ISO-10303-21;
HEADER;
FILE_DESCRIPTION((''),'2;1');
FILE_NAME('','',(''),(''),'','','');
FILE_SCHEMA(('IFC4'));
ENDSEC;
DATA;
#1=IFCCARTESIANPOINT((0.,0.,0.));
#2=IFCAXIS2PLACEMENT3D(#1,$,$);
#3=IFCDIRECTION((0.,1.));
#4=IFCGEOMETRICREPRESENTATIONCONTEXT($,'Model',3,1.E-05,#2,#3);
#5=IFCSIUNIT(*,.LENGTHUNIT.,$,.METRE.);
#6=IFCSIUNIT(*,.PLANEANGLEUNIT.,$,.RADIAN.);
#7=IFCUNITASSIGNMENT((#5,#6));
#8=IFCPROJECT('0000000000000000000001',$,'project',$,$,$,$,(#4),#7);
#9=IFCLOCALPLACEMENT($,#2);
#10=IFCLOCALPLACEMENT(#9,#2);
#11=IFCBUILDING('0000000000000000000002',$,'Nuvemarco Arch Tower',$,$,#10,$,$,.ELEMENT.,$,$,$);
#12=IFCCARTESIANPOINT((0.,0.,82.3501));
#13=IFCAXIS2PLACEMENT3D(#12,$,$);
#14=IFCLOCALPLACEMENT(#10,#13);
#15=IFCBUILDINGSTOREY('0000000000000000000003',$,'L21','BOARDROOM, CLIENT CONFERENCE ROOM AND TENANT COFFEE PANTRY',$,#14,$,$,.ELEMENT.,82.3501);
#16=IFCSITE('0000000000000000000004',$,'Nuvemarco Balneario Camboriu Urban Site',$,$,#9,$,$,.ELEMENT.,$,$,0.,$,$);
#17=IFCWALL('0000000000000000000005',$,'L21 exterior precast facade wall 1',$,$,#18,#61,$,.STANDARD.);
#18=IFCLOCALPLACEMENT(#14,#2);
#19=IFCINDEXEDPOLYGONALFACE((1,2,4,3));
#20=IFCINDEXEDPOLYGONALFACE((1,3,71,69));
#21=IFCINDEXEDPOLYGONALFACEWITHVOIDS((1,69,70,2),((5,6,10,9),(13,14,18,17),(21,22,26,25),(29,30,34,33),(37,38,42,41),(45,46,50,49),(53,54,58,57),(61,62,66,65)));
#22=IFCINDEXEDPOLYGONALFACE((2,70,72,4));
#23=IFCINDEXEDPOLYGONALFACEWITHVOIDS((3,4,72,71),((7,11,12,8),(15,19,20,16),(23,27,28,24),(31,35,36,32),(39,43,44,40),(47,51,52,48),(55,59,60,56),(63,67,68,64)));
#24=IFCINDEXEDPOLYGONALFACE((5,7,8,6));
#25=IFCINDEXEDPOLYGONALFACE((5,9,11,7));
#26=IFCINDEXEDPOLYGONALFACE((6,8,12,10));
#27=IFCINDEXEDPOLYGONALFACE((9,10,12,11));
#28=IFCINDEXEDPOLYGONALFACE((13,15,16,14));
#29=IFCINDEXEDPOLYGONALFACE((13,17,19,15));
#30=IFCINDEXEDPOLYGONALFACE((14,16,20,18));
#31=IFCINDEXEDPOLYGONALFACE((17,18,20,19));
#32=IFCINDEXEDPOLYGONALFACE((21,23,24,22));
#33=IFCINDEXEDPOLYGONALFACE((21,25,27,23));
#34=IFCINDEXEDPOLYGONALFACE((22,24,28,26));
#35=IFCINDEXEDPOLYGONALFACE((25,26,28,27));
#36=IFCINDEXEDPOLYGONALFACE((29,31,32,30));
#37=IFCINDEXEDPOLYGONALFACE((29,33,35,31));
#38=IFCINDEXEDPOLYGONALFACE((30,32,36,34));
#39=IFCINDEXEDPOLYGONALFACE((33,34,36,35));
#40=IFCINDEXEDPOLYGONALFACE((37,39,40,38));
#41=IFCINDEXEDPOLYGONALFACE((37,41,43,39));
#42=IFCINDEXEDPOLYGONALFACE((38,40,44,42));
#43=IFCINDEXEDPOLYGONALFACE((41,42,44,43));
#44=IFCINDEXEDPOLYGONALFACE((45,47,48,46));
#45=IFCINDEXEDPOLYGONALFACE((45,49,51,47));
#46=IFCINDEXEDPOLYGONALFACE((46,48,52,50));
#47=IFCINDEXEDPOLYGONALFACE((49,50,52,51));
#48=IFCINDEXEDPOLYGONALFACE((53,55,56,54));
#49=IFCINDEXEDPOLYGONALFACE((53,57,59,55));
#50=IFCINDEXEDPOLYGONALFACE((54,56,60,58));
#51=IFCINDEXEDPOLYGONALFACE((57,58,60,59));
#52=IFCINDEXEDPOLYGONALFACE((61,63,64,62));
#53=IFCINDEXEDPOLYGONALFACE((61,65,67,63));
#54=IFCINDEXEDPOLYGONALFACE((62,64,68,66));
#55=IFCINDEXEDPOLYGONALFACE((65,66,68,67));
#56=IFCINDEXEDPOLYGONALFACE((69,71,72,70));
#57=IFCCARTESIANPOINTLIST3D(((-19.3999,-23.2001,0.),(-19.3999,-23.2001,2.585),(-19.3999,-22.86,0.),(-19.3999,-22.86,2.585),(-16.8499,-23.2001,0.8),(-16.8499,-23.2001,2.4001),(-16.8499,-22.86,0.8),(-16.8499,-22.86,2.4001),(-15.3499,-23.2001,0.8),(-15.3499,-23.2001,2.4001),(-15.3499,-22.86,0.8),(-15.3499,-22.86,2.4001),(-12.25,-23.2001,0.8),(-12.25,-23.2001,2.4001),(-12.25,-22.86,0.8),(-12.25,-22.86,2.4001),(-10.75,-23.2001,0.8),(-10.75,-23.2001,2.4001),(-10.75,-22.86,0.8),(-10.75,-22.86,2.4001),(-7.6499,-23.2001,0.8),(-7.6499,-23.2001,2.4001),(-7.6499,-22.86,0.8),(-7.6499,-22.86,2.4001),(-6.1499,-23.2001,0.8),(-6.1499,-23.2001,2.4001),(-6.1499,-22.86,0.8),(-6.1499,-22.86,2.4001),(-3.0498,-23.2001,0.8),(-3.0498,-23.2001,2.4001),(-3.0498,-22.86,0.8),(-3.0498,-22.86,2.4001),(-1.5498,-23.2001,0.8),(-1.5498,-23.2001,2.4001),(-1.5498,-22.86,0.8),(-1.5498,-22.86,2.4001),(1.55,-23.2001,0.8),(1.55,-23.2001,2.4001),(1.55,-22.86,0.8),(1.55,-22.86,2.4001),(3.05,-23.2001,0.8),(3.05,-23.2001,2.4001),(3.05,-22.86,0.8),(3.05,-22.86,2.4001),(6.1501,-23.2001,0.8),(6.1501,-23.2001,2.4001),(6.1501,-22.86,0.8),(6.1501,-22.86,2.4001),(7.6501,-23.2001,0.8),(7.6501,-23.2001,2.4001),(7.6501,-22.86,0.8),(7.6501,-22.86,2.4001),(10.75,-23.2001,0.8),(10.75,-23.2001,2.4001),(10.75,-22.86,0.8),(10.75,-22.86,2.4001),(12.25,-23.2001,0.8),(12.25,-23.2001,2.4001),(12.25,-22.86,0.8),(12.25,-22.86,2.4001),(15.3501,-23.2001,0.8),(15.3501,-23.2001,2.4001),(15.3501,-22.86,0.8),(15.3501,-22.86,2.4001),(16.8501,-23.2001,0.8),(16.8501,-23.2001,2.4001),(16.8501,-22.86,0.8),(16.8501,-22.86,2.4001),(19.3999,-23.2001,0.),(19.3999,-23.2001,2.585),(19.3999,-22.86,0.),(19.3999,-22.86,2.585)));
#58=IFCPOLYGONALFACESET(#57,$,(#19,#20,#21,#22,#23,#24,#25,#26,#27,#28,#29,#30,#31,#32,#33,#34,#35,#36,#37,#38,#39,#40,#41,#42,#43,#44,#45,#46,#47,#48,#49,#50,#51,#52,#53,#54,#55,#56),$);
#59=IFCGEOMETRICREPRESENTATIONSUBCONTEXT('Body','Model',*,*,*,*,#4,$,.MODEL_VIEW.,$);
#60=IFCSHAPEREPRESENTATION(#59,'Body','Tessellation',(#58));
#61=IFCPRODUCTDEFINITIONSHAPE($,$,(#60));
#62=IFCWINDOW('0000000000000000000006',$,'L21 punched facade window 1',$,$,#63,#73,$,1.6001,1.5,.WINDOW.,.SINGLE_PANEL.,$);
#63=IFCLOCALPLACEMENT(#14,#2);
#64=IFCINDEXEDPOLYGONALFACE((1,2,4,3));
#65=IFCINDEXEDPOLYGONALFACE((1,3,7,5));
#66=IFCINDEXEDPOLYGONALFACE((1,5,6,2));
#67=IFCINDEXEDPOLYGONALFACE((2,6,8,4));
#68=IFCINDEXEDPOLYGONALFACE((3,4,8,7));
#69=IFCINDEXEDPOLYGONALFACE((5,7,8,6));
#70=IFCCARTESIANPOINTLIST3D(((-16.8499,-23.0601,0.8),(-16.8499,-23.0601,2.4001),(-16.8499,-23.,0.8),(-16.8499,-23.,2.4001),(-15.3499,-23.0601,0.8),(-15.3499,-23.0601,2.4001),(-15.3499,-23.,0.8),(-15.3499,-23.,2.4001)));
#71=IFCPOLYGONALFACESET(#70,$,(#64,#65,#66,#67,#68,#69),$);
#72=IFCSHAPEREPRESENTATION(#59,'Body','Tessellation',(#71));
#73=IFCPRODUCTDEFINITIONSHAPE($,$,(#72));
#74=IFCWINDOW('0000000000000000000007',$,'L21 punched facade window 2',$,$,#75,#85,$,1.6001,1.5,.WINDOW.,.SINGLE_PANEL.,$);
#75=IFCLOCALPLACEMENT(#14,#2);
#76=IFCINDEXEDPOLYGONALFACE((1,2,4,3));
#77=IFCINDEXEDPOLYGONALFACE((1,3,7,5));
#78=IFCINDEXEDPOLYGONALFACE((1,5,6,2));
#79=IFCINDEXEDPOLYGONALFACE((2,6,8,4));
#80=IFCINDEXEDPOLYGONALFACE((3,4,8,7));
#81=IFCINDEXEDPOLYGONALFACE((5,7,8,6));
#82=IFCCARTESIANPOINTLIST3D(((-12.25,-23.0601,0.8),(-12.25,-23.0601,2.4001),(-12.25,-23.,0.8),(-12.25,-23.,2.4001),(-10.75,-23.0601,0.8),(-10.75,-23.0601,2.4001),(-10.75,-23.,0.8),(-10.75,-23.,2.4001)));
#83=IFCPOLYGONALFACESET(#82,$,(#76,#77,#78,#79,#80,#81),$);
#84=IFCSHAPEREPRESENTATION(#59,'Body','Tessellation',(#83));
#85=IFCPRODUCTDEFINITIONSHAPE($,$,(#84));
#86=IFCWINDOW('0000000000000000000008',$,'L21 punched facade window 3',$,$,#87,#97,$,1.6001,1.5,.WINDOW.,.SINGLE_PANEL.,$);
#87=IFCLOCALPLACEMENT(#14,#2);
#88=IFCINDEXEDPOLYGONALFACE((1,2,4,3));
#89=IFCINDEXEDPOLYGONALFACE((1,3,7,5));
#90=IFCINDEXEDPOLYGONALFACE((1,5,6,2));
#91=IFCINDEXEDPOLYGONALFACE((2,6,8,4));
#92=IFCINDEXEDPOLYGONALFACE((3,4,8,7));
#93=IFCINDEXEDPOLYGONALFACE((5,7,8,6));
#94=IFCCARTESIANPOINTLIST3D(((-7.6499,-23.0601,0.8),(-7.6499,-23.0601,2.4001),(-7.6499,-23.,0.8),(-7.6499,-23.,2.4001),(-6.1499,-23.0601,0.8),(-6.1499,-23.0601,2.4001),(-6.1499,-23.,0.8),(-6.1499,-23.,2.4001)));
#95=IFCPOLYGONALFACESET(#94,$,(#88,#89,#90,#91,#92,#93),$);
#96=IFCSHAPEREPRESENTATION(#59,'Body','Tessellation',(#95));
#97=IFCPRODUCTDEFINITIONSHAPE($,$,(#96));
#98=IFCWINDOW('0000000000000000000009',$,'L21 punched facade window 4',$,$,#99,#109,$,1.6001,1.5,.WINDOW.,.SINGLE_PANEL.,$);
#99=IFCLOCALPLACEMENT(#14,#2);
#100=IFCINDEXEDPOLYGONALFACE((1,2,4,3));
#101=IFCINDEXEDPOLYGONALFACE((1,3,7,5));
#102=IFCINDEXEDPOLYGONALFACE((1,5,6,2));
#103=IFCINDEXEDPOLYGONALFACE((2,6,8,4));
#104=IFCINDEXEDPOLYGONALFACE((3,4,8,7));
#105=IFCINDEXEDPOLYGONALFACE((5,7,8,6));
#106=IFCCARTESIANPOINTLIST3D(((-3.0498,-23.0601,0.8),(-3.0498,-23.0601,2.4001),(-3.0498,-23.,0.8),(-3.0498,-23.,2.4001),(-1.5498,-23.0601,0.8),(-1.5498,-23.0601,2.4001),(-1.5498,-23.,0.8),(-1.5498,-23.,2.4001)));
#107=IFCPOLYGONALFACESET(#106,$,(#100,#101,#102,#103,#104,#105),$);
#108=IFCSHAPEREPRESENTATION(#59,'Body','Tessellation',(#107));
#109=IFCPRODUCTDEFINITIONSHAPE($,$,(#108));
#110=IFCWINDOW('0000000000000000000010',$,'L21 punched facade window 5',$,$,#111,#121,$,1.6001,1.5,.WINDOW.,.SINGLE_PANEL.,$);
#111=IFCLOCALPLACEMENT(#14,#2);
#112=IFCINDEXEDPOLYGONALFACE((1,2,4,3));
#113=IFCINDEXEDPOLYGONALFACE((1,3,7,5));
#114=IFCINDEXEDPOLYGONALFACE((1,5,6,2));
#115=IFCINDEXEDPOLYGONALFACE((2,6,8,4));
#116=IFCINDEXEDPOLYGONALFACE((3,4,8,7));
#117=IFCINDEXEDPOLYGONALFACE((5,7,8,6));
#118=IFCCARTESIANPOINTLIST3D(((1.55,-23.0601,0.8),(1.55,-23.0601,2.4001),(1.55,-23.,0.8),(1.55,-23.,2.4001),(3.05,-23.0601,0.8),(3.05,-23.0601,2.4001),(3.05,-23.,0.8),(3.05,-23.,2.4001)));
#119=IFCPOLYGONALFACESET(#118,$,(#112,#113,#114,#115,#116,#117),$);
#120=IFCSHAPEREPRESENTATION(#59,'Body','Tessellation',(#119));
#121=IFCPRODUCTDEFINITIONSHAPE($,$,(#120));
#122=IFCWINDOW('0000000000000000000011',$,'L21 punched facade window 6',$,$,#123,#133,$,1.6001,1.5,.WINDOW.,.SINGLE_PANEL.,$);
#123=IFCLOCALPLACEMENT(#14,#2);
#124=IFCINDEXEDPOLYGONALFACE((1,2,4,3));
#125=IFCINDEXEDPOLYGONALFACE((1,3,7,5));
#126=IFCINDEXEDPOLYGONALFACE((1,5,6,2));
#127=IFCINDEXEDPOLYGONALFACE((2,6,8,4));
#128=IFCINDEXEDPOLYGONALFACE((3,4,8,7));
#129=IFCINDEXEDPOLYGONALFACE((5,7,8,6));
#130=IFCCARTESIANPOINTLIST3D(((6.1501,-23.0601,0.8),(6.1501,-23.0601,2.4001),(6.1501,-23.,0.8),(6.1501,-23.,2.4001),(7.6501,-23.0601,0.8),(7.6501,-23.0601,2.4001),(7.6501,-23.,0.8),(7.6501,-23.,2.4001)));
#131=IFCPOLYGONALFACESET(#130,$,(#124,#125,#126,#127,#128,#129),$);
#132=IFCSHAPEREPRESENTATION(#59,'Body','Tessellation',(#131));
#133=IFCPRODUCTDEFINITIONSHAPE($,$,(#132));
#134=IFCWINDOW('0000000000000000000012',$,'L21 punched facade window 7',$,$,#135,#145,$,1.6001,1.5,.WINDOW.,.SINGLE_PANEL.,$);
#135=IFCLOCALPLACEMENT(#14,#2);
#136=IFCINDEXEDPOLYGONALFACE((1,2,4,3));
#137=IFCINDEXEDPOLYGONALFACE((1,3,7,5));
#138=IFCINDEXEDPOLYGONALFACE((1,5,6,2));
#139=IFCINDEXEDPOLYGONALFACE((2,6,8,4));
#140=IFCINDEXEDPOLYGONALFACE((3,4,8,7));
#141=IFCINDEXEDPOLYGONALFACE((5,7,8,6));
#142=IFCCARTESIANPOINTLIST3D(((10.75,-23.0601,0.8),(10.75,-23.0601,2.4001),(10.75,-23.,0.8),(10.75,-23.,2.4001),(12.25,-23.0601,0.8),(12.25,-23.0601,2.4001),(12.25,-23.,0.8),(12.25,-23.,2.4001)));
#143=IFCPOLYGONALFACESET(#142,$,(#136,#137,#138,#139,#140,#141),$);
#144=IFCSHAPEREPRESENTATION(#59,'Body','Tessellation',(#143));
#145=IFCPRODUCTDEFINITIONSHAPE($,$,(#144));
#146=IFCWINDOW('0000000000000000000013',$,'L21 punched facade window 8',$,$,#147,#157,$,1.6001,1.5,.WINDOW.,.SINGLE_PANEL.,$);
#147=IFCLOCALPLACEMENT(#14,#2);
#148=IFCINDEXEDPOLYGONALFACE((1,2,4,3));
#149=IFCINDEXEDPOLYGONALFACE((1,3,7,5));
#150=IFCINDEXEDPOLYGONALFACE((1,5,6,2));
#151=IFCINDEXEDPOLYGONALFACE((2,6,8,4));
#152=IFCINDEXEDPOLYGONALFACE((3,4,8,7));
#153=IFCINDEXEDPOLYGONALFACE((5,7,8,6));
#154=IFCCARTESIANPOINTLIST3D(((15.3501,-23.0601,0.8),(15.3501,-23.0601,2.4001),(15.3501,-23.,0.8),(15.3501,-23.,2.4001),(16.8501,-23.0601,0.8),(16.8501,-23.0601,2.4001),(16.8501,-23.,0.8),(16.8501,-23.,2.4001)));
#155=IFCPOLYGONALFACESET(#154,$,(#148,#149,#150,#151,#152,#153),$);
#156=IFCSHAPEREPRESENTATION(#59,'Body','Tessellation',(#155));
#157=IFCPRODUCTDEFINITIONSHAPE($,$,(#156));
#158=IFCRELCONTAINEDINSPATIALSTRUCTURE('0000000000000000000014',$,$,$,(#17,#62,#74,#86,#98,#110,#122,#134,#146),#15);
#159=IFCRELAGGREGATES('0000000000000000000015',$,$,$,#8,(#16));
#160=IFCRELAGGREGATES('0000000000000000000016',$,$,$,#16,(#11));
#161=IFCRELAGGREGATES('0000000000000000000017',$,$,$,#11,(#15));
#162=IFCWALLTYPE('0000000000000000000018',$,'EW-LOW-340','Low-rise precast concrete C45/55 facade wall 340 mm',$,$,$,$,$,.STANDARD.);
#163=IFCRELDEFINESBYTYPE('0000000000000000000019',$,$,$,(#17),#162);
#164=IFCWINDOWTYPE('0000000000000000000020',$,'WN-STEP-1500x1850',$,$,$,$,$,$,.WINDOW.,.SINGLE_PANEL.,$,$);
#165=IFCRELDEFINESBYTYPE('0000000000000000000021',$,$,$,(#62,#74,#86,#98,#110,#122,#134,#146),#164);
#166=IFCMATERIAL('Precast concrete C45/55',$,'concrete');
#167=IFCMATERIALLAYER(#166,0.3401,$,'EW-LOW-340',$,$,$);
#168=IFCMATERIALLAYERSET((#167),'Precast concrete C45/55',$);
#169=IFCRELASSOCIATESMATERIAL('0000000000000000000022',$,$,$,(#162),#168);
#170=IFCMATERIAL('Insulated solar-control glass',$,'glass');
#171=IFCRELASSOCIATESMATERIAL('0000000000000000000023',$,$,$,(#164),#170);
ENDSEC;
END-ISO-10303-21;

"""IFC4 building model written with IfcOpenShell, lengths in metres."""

from ifc_helpers import new_model, si_unit, direction, frame, frame_2d, origin, place, context, subcontext, project, spatial, rectangle, extrude, source, transform, mapped, material, layer, layer_set, type_object, type_shapes, element, fill, save


model = new_model("IFC4")

# Units and contexts
model_context = context("Model", 3, precision=1e-05, world=origin(), true_north=direction((0.0, 1.0)))
body_context = subcontext(model_context, "Body", "Model", "MODEL_VIEW")
ifc_project = project(units=[si_unit("LENGTHUNIT", "METRE"), si_unit("PLANEANGLEUNIT", "RADIAN")], contexts=[model_context])

# Site, building, storey
site_placement = place(None, origin())
site = spatial("IfcSite", under=ifc_project, at=site_placement, Name="Nuvemarco Balneario Camboriu Urban Site", CompositionType="ELEMENT", RefElevation=0.0)
building_placement = place(site_placement, origin())
building = spatial("IfcBuilding", under=site, at=building_placement, Name="Nuvemarco Arch Tower", CompositionType="ELEMENT")
storey_placement = place(building_placement, frame((0.0, 0.0, 82.3501)))
storey = spatial("IfcBuildingStorey", under=building, at=storey_placement, Name="L21", Description="BOARDROOM, CLIENT CONFERENCE ROOM AND TENANT COFFEE PANTRY", CompositionType="ELEMENT", Elevation=82.3501)

# Shared definitions
ifc_material_1 = material(Name="Precast concrete C45/55", Category="concrete")

# Wall, openings, windows
ifc_layer_1 = layer(ifc_material_1, 0.3401, Name="EW-LOW-340")
ifc_layer_set_1 = layer_set([ifc_layer_1], Name="Precast concrete C45/55")
wall_type = type_object("IfcWallType", Name="EW-LOW-340", Description="Low-rise precast concrete C45/55 facade wall 340 mm", PredefinedType="STANDARD", material=ifc_layer_set_1)
wall_1_placement = place(storey_placement, frame((-19.3999, -23.03, 0.0), z_axis=(0.0, 0.0, 1.0), x_axis=(1.0, 0.0, 0.0)))
wall_1 = element("IfcWall", 1, at=wall_1_placement, inside=storey, type_object=wall_type, Name="L21 exterior precast facade wall 1", PredefinedType="STANDARD", context=body_context, shape_type="SweptSolid", body=[
    extrude(rectangle(XDim=38.7998, YDim=0.3401, at=frame_2d((19.3999, 0.0))), origin(), (0.0, 0.0, 1.0), 2.585),
])
opening_1_placement = place(wall_1_placement, frame((2.55, 0.0, 0.8)))
opening_1 = element("IfcOpeningElement", 2, at=opening_1_placement, cuts=wall_1, PredefinedType="OPENING", context=body_context, shape_type="SweptSolid", body=[
    extrude(rectangle(XDim=1.5, YDim=1.6001, at=frame_2d((0.75, 0.8))), frame((0.0, 0.1799, 0.0), z_axis=(0.0, -1.0, 0.0), x_axis=(1.0, 0.0, 0.0)), (0.0, 0.0, 1.0), 0.3601),
])
opening_2_placement = place(wall_1_placement, frame((7.1499, 0.0, 0.8)))
opening_2 = element("IfcOpeningElement", 3, at=opening_2_placement, cuts=wall_1, PredefinedType="OPENING", context=body_context, shape_type="SweptSolid", body=[
    extrude(rectangle(XDim=1.5, YDim=1.6001, at=frame_2d((0.75, 0.8))), frame((0.0, 0.1799, 0.0), z_axis=(0.0, -1.0, 0.0), x_axis=(1.0, 0.0, 0.0)), (0.0, 0.0, 1.0), 0.3601),
])
opening_3_placement = place(wall_1_placement, frame((11.75, 0.0, 0.8)))
opening_3 = element("IfcOpeningElement", 4, at=opening_3_placement, cuts=wall_1, PredefinedType="OPENING", context=body_context, shape_type="SweptSolid", body=[
    extrude(rectangle(XDim=1.5, YDim=1.6001, at=frame_2d((0.75, 0.8))), frame((0.0, 0.1799, 0.0), z_axis=(0.0, -1.0, 0.0), x_axis=(1.0, 0.0, 0.0)), (0.0, 0.0, 1.0), 0.3601),
])
opening_4_placement = place(wall_1_placement, frame((16.3501, 0.0, 0.8)))
opening_4 = element("IfcOpeningElement", 5, at=opening_4_placement, cuts=wall_1, PredefinedType="OPENING", context=body_context, shape_type="SweptSolid", body=[
    extrude(rectangle(XDim=1.5, YDim=1.6001, at=frame_2d((0.75, 0.8))), frame((0.0, 0.1799, 0.0), z_axis=(0.0, -1.0, 0.0), x_axis=(1.0, 0.0, 0.0)), (0.0, 0.0, 1.0), 0.3601),
])
opening_5_placement = place(wall_1_placement, frame((20.95, 0.0, 0.8)))
opening_5 = element("IfcOpeningElement", 6, at=opening_5_placement, cuts=wall_1, PredefinedType="OPENING", context=body_context, shape_type="SweptSolid", body=[
    extrude(rectangle(XDim=1.5, YDim=1.6001, at=frame_2d((0.75, 0.8))), frame((0.0, 0.1799, 0.0), z_axis=(0.0, -1.0, 0.0), x_axis=(1.0, 0.0, 0.0)), (0.0, 0.0, 1.0), 0.3601),
])
opening_6_placement = place(wall_1_placement, frame((25.55, 0.0, 0.8)))
opening_6 = element("IfcOpeningElement", 7, at=opening_6_placement, cuts=wall_1, PredefinedType="OPENING", context=body_context, shape_type="SweptSolid", body=[
    extrude(rectangle(XDim=1.5, YDim=1.6001, at=frame_2d((0.75, 0.8))), frame((0.0, 0.1799, 0.0), z_axis=(0.0, -1.0, 0.0), x_axis=(1.0, 0.0, 0.0)), (0.0, 0.0, 1.0), 0.3601),
])
opening_7_placement = place(wall_1_placement, frame((30.1499, 0.0, 0.8)))
opening_7 = element("IfcOpeningElement", 8, at=opening_7_placement, cuts=wall_1, PredefinedType="OPENING", context=body_context, shape_type="SweptSolid", body=[
    extrude(rectangle(XDim=1.5, YDim=1.6001, at=frame_2d((0.75, 0.8))), frame((0.0, 0.1799, 0.0), z_axis=(0.0, -1.0, 0.0), x_axis=(1.0, 0.0, 0.0)), (0.0, 0.0, 1.0), 0.3601),
])
opening_8_placement = place(wall_1_placement, frame((34.75, 0.0, 0.8)))
opening_8 = element("IfcOpeningElement", 9, at=opening_8_placement, cuts=wall_1, PredefinedType="OPENING", context=body_context, shape_type="SweptSolid", body=[
    extrude(rectangle(XDim=1.5, YDim=1.6001, at=frame_2d((0.75, 0.8))), frame((0.0, 0.1799, 0.0), z_axis=(0.0, -1.0, 0.0), x_axis=(1.0, 0.0, 0.0)), (0.0, 0.0, 1.0), 0.3601),
])
ifc_material_2 = material(Name="Insulated solar-control glass", Category="glass")
window_type_1 = type_object("IfcWindowType", Name="WN-STEP-1500x1850", PartitioningType="SINGLE_PANEL", PredefinedType="WINDOW", material=ifc_material_2)
shared_shape_1 = source(origin(), body_context, "Body", "SweptSolid", [
    extrude(rectangle(XDim=1.5, YDim=1.6001, at=frame_2d((0.75, 0.8))), frame((0.0, 0.03, 0.0), z_axis=(0.0, -1.0, 0.0), x_axis=(1.0, 0.0, 0.0)), (0.0, 0.0, 1.0), 0.0601),
])
type_shapes(window_type_1, [shared_shape_1])
window_1_placement = place(opening_1_placement, origin())
window_1 = element("IfcWindow", 10, at=window_1_placement, inside=storey, type_object=window_type_1, Name="L21 punched facade window 1", OverallHeight=1.6001, OverallWidth=1.5, PartitioningType="SINGLE_PANEL", PredefinedType="WINDOW", context=body_context, shape_type="MappedRepresentation", body=[
    mapped(shared_shape_1, transform((0.0, 0.0, 0.0), scale=1.0)),
])
fill(opening_1, window_1)
window_2_placement = place(opening_2_placement, origin())
window_2 = element("IfcWindow", 11, at=window_2_placement, inside=storey, type_object=window_type_1, Name="L21 punched facade window 2", OverallHeight=1.6001, OverallWidth=1.5, PartitioningType="SINGLE_PANEL", PredefinedType="WINDOW", context=body_context, shape_type="MappedRepresentation", body=[
    mapped(shared_shape_1, transform((0.0, 0.0, 0.0), scale=1.0)),
])
fill(opening_2, window_2)
window_3_placement = place(opening_3_placement, origin())
window_3 = element("IfcWindow", 12, at=window_3_placement, inside=storey, type_object=window_type_1, Name="L21 punched facade window 3", OverallHeight=1.6001, OverallWidth=1.5, PartitioningType="SINGLE_PANEL", PredefinedType="WINDOW", context=body_context, shape_type="MappedRepresentation", body=[
    mapped(shared_shape_1, transform((0.0, 0.0, 0.0), scale=1.0)),
])
fill(opening_3, window_3)
window_4_placement = place(opening_4_placement, origin())
window_4 = element("IfcWindow", 13, at=window_4_placement, inside=storey, type_object=window_type_1, Name="L21 punched facade window 4", OverallHeight=1.6001, OverallWidth=1.5, PartitioningType="SINGLE_PANEL", PredefinedType="WINDOW", context=body_context, shape_type="MappedRepresentation", body=[
    mapped(shared_shape_1, transform((0.0, 0.0, 0.0), scale=1.0)),
])
fill(opening_4, window_4)
window_5_placement = place(opening_5_placement, origin())
window_5 = element("IfcWindow", 14, at=window_5_placement, inside=storey, type_object=window_type_1, Name="L21 punched facade window 5", OverallHeight=1.6001, OverallWidth=1.5, PartitioningType="SINGLE_PANEL", PredefinedType="WINDOW", context=body_context, shape_type="MappedRepresentation", body=[
    mapped(shared_shape_1, transform((0.0, 0.0, 0.0), scale=1.0)),
])
fill(opening_5, window_5)
window_6_placement = place(opening_6_placement, origin())
window_6 = element("IfcWindow", 15, at=window_6_placement, inside=storey, type_object=window_type_1, Name="L21 punched facade window 6", OverallHeight=1.6001, OverallWidth=1.5, PartitioningType="SINGLE_PANEL", PredefinedType="WINDOW", context=body_context, shape_type="MappedRepresentation", body=[
    mapped(shared_shape_1, transform((0.0, 0.0, 0.0), scale=1.0)),
])
fill(opening_6, window_6)
window_7_placement = place(opening_7_placement, origin())
window_7 = element("IfcWindow", 16, at=window_7_placement, inside=storey, type_object=window_type_1, Name="L21 punched facade window 7", OverallHeight=1.6001, OverallWidth=1.5, PartitioningType="SINGLE_PANEL", PredefinedType="WINDOW", context=body_context, shape_type="MappedRepresentation", body=[
    mapped(shared_shape_1, transform((0.0, 0.0, 0.0), scale=1.0)),
])
fill(opening_7, window_7)
window_8_placement = place(opening_8_placement, origin())
window_8 = element("IfcWindow", 17, at=window_8_placement, inside=storey, type_object=window_type_1, Name="L21 punched facade window 8", OverallHeight=1.6001, OverallWidth=1.5, PartitioningType="SINGLE_PANEL", PredefinedType="WINDOW", context=body_context, shape_type="MappedRepresentation", body=[
    mapped(shared_shape_1, transform((0.0, 0.0, 0.0), scale=1.0)),
])
fill(opening_8, window_8)

save(model, "model.ifc")
